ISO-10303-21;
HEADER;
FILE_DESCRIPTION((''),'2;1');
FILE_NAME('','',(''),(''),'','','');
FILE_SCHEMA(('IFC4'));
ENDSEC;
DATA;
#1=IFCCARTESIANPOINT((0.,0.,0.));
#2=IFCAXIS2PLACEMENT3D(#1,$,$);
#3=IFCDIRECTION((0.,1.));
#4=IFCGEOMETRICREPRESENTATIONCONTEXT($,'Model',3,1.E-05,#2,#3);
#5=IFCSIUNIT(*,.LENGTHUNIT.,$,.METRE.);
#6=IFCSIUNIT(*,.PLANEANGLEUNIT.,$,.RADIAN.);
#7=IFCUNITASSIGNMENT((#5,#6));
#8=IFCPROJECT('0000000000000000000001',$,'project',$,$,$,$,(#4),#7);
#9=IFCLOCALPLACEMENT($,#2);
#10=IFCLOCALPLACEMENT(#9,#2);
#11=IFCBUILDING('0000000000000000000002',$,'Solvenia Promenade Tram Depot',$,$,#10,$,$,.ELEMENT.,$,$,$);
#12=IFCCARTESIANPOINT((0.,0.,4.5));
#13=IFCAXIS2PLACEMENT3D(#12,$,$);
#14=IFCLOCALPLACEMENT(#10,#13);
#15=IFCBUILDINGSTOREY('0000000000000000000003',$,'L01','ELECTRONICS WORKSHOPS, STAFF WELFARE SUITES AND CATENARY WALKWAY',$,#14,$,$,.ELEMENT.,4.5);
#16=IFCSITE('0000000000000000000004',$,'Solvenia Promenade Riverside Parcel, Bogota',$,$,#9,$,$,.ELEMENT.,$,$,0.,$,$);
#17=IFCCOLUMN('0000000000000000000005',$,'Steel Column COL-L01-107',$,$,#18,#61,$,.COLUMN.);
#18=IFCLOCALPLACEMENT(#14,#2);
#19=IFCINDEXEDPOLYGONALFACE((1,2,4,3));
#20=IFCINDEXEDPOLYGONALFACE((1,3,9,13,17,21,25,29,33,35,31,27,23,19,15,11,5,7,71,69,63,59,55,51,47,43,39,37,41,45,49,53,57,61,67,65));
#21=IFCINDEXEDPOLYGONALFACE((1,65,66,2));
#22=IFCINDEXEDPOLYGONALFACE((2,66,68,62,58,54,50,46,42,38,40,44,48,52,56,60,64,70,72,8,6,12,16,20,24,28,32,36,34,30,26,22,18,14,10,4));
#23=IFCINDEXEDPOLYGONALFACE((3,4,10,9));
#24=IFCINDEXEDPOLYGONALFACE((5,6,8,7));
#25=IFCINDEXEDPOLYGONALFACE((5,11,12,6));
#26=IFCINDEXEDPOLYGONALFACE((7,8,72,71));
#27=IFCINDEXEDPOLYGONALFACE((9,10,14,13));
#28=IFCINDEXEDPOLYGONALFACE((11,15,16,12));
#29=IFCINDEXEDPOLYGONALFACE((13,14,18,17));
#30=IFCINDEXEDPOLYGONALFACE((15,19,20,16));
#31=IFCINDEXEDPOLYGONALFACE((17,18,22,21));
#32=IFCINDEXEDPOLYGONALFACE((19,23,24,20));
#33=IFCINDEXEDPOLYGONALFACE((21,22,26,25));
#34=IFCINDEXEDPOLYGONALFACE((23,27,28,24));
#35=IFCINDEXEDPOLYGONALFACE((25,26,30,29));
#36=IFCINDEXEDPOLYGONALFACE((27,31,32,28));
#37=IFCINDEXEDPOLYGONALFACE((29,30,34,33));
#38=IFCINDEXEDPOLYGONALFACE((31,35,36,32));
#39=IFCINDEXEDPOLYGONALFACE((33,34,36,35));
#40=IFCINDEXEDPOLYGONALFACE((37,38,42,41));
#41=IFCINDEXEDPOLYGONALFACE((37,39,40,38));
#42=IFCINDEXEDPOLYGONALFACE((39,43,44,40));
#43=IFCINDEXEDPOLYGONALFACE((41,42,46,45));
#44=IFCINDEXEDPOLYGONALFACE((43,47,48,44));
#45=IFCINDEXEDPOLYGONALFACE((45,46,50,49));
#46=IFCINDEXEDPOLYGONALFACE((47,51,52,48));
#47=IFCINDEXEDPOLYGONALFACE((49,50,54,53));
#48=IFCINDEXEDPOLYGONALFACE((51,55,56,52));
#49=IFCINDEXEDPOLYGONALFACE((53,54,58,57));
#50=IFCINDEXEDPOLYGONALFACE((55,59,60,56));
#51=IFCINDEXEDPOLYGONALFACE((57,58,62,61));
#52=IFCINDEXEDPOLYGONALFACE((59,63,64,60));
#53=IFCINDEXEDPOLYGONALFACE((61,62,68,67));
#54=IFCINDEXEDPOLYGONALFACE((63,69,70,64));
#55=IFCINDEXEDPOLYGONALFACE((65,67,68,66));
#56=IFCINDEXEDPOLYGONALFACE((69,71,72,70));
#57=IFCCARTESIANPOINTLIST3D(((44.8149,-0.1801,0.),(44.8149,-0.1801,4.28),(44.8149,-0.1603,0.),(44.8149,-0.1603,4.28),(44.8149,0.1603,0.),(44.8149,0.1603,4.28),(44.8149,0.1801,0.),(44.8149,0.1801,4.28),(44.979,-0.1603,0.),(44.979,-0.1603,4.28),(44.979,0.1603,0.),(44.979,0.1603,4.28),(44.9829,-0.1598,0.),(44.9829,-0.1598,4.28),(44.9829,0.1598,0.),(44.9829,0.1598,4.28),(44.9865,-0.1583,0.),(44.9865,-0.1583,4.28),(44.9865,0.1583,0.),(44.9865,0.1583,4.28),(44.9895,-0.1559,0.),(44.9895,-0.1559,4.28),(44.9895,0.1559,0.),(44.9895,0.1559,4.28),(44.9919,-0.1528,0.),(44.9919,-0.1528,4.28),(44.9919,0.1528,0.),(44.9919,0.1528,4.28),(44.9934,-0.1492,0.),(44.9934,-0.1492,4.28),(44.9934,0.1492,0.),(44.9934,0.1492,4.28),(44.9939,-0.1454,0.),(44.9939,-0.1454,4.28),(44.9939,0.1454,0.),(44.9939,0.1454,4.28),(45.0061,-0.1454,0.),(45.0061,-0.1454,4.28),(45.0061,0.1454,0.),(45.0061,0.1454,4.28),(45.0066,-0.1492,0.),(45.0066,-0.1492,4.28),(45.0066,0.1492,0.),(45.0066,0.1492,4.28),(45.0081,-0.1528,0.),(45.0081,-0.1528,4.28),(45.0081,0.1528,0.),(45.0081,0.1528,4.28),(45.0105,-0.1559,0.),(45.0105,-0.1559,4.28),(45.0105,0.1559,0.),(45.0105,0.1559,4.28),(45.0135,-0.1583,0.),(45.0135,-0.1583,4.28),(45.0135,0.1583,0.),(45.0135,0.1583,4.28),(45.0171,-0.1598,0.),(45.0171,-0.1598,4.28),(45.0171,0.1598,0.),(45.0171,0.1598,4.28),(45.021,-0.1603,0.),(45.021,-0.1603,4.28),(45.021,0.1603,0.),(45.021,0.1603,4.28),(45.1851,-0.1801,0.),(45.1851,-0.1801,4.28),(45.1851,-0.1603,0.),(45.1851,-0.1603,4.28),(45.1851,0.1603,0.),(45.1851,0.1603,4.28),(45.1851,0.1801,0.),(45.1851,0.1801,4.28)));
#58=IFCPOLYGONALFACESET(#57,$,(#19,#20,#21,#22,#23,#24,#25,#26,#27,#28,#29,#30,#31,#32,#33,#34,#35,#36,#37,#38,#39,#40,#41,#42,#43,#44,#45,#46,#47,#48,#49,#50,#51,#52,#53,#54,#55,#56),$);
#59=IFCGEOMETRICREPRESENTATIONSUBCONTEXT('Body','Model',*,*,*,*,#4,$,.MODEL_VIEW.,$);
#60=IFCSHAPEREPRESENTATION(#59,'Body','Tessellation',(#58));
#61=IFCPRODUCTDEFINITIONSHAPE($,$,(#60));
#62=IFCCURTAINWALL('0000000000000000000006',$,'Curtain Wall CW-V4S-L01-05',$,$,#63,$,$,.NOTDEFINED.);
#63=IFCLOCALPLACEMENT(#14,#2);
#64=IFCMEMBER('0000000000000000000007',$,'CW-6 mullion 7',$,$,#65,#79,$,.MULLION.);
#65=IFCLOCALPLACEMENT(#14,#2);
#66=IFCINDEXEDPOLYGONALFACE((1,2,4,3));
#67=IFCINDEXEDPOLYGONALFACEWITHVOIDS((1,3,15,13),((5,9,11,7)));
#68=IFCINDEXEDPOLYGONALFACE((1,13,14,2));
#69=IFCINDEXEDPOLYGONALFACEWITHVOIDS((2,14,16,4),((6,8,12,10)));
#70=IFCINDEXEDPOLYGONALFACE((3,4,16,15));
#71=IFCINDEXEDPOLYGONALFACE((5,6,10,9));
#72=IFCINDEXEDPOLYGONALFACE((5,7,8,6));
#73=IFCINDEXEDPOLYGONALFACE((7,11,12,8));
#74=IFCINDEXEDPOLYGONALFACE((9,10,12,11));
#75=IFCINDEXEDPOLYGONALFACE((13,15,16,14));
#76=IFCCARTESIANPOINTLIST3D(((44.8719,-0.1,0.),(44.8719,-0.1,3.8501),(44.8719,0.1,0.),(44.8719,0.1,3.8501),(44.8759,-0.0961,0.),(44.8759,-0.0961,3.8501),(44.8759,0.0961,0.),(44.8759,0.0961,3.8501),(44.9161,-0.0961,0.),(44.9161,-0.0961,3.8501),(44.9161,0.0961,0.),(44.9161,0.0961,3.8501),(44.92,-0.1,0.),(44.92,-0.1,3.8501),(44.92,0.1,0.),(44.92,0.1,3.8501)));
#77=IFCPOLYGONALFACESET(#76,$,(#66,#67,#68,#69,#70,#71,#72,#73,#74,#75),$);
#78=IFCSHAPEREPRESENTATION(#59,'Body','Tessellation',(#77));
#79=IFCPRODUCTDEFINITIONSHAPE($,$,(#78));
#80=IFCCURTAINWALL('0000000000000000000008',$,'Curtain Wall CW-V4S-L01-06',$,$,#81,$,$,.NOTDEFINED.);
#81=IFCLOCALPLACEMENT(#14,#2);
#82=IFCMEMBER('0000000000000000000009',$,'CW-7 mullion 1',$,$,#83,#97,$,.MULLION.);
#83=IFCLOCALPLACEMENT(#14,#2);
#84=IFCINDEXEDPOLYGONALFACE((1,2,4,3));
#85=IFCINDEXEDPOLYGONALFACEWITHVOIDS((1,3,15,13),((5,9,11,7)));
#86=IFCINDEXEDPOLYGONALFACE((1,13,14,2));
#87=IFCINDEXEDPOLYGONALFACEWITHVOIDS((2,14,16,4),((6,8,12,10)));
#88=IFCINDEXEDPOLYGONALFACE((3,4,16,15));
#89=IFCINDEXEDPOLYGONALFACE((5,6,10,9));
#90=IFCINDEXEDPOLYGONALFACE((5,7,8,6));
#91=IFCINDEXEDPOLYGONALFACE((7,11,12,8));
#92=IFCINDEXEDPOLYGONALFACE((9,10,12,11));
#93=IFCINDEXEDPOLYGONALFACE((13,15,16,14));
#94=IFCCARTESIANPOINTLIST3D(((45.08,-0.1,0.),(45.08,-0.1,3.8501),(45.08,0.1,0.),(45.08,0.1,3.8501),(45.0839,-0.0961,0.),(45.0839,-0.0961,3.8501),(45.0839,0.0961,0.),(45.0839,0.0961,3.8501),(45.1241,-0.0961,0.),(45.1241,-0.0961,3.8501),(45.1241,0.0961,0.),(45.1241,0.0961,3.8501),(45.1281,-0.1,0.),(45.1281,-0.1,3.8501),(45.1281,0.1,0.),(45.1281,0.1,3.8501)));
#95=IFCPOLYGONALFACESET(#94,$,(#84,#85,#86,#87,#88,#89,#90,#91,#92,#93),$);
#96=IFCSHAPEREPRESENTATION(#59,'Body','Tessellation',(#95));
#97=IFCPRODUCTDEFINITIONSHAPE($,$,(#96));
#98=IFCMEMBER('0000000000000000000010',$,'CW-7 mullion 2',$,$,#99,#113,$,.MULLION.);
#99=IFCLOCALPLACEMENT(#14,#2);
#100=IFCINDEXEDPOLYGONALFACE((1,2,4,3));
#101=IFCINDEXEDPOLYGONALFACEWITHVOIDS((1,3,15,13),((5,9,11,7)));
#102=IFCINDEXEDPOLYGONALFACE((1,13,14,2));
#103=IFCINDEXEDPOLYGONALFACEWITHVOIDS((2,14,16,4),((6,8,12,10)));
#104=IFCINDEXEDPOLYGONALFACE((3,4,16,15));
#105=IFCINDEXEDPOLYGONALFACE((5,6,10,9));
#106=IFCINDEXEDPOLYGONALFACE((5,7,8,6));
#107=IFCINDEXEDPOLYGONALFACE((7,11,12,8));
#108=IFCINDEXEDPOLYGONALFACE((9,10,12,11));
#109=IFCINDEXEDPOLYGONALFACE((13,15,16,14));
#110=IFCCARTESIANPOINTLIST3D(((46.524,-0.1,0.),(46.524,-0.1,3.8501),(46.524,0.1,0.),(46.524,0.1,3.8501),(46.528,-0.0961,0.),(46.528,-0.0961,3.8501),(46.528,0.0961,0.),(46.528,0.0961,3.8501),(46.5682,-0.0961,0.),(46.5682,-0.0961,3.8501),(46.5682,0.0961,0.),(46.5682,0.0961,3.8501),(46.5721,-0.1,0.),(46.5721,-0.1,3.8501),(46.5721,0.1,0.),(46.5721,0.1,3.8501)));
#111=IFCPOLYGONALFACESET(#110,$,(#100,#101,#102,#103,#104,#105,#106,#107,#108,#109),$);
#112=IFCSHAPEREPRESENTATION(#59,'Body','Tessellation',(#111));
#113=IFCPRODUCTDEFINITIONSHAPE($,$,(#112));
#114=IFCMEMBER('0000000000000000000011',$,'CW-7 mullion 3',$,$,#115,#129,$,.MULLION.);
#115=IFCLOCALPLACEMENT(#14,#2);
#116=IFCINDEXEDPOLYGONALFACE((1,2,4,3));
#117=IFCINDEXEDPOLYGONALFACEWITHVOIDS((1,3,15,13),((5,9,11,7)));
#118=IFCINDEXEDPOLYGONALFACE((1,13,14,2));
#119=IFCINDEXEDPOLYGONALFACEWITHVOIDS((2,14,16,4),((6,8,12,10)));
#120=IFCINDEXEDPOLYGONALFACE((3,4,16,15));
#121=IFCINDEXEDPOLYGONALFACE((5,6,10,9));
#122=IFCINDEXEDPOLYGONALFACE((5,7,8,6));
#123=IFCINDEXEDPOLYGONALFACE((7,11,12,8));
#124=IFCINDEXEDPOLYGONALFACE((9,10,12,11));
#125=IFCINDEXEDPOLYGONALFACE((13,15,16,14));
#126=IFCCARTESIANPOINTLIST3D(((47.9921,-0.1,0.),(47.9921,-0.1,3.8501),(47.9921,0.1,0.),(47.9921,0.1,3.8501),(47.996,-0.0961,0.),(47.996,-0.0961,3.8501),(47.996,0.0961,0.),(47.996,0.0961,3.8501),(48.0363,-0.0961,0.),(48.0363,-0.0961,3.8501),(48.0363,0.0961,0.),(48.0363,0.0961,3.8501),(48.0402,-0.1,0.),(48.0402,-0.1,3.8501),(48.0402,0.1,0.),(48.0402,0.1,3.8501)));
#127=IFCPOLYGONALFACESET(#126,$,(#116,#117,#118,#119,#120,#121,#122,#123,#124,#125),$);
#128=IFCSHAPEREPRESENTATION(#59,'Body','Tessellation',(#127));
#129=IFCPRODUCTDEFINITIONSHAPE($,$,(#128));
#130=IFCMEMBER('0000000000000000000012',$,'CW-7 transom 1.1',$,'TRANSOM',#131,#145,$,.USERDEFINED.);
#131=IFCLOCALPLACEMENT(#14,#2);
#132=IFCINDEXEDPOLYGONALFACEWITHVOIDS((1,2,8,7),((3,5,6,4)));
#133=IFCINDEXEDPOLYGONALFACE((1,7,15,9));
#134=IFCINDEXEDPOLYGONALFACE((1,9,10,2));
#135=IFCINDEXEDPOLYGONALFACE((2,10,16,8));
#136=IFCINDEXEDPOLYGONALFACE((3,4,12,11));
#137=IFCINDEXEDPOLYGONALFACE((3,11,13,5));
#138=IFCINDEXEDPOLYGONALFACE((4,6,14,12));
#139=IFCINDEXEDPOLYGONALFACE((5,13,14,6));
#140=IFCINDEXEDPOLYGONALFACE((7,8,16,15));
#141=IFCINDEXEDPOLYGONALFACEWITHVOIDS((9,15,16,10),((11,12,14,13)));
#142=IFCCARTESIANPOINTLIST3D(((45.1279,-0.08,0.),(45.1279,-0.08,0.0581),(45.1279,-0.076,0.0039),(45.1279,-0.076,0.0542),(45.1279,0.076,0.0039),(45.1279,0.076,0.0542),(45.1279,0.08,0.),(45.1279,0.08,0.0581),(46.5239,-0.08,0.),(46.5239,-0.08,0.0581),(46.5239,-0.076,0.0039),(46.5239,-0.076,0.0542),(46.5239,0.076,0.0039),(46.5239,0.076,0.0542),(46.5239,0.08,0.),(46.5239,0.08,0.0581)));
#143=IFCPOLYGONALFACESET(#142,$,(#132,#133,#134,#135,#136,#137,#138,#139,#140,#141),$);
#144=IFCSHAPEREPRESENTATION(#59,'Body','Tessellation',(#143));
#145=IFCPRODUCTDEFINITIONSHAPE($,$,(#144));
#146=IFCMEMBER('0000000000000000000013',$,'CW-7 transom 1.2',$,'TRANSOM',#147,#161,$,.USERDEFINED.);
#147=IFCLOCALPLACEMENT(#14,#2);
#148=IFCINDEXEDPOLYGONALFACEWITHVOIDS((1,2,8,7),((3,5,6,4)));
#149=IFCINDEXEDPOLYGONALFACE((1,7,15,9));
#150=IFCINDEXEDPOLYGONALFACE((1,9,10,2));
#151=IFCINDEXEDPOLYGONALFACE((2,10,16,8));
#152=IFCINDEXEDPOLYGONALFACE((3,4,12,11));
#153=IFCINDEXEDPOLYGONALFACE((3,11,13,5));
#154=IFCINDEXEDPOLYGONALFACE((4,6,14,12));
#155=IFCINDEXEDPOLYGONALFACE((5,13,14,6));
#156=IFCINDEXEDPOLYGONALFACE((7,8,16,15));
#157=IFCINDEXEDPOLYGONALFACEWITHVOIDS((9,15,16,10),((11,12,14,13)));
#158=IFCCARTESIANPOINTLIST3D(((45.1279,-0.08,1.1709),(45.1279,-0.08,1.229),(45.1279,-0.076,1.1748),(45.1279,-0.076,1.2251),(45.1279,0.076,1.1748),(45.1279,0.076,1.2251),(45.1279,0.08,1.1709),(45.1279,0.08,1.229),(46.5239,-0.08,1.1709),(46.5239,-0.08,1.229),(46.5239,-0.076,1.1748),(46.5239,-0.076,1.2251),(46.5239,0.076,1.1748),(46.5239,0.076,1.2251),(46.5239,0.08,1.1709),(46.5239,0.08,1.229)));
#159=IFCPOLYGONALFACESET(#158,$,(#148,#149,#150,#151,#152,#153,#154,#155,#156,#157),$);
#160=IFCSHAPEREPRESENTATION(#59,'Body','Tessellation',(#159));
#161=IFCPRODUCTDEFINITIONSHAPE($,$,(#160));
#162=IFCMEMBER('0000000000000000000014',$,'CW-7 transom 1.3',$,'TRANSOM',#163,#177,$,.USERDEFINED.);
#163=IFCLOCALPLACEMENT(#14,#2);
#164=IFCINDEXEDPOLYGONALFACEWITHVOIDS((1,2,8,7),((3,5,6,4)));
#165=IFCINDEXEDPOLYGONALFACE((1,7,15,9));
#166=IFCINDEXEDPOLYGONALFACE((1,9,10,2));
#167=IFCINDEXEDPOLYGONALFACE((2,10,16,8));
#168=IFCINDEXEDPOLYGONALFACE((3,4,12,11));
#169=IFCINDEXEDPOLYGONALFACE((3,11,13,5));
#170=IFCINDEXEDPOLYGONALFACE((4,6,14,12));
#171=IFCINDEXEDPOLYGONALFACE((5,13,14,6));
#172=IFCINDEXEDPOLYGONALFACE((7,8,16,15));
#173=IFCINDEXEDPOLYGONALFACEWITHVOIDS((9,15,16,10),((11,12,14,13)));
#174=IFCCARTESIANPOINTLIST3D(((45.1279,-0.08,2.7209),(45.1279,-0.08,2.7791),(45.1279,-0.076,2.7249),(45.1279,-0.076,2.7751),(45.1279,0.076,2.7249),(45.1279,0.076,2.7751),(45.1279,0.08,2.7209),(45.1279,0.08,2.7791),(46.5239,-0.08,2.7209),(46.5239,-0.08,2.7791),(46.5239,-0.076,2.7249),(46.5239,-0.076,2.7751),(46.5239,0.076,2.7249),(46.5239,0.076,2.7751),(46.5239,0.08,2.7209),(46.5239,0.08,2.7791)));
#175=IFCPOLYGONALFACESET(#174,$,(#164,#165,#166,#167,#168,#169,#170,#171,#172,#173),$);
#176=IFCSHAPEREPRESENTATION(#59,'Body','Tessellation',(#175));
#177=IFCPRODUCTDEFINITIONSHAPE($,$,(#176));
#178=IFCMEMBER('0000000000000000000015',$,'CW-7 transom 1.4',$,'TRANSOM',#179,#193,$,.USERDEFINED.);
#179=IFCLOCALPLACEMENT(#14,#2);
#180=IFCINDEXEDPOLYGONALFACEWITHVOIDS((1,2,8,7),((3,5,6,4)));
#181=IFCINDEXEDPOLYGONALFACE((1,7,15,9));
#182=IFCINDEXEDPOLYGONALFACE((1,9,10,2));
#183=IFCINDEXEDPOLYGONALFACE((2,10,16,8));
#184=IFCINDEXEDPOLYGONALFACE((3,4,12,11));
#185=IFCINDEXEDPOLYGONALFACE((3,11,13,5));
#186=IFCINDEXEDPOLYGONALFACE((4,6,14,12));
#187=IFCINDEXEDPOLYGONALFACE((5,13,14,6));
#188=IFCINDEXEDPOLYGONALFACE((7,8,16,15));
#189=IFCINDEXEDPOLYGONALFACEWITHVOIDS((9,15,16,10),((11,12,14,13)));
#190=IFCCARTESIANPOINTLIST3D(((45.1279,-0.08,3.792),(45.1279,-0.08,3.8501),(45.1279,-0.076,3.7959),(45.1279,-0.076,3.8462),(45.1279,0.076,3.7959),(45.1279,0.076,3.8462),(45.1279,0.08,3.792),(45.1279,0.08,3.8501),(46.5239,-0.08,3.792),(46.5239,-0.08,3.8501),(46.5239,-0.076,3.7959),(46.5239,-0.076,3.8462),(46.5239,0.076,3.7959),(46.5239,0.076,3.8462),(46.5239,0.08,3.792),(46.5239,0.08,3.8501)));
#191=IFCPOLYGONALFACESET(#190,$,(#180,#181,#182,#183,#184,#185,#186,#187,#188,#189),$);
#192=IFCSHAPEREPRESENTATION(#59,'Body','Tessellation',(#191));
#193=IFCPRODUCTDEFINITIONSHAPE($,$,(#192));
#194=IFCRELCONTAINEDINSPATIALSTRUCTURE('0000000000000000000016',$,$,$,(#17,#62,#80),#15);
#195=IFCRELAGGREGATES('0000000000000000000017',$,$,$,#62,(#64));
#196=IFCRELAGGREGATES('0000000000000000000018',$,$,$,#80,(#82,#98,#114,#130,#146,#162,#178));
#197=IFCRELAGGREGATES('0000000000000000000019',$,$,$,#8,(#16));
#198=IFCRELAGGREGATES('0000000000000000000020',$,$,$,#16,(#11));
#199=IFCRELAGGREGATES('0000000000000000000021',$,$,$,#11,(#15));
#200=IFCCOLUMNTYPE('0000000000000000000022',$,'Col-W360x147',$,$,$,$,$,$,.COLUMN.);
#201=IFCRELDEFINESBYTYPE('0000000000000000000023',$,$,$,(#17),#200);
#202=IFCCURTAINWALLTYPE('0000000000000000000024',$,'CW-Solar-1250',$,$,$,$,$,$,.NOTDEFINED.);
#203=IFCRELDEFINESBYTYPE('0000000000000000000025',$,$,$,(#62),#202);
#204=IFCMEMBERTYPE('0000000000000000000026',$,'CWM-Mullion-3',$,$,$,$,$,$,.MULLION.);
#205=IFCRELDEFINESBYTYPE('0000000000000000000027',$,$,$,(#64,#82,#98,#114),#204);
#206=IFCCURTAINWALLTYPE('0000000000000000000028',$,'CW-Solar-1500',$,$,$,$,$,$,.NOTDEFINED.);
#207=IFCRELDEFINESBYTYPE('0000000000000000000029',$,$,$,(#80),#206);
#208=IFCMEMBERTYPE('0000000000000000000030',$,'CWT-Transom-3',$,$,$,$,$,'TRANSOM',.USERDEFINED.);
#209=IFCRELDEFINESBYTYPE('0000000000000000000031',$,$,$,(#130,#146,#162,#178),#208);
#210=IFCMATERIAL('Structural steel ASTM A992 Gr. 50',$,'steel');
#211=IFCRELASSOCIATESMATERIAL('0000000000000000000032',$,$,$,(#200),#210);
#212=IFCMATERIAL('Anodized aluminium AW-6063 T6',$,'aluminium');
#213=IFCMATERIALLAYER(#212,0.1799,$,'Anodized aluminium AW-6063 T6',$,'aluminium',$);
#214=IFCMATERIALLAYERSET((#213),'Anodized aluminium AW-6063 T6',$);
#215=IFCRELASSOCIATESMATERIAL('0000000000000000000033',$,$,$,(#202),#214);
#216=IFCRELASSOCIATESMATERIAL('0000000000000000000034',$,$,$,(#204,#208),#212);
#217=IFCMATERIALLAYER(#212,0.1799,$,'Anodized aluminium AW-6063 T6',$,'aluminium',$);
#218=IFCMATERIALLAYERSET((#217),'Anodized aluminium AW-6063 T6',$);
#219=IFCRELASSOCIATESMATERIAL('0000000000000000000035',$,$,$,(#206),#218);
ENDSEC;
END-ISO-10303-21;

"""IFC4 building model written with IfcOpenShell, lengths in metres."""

from ifc_helpers import new_model, si_unit, direction, frame, origin, origin_2d, place, context, subcontext, project, spatial, hollow_rectangle, i_section, extrude, material, layer, layer_set, material_profile, profile_set, type_object, element, aggregate, save


model = new_model("IFC4")

# Units and contexts
model_context = context("Model", 3, precision=1e-05, world=origin(), true_north=direction((0.0, 1.0)))
body_context = subcontext(model_context, "Body", "Model", "MODEL_VIEW")
ifc_project = project(units=[si_unit("LENGTHUNIT", "METRE"), si_unit("PLANEANGLEUNIT", "RADIAN")], contexts=[model_context])

# Site, building, storey
site_placement = place(None, origin())
site = spatial("IfcSite", under=ifc_project, at=site_placement, Name="Solvenia Promenade Riverside Parcel, Bogota", CompositionType="ELEMENT", RefElevation=0.0)
building_placement = place(site_placement, origin())
building = spatial("IfcBuilding", under=site, at=building_placement, Name="Solvenia Promenade Tram Depot", CompositionType="ELEMENT")
storey_placement = place(building_placement, frame((0.0, 0.0, 4.5)))
storey = spatial("IfcBuildingStorey", under=building, at=storey_placement, Name="L01", Description="ELECTRONICS WORKSHOPS, STAFF WELFARE SUITES AND CATENARY WALKWAY", CompositionType="ELEMENT", Elevation=4.5)

# Column
ifc_material_1 = material(Name="Structural steel ASTM A992 Gr. 50", Category="steel")
ifc_material_profile_1 = material_profile(ifc_material_1, i_section(OverallWidth=0.3701, OverallDepth=0.3601, WebThickness=0.0122, FlangeThickness=0.0198, FilletRadius=0.0149, at=origin_2d()), Name="W360x147", Category="steel")
ifc_profile_set_1 = profile_set([ifc_material_profile_1], Name="Structural steel ASTM A992 Gr. 50")
column_type = type_object("IfcColumnType", Name="Col-W360x147", PredefinedType="COLUMN", material=ifc_profile_set_1)
column_placement = place(storey_placement, frame((45.0, 0.0, 0.0), z_axis=(0.0, 0.0, 1.0), x_axis=(1.0, 0.0, 0.0)))
element("IfcColumn", 1, at=column_placement, inside=storey, type_object=column_type, Name="Steel Column COL-L01-107", PredefinedType="COLUMN", context=body_context, shape_type="SweptSolid", body=[
    extrude(i_section(OverallWidth=0.3701, OverallDepth=0.3601, WebThickness=0.0122, FlangeThickness=0.0198, FilletRadius=0.0149, at=origin_2d()), origin(), (0.0, 0.0, 1.0), 4.28),
])

# Curtain wall, member
ifc_material_2 = material(Name="Anodized aluminium AW-6063 T6", Category="aluminium")
ifc_layer_1 = layer(ifc_material_2, 0.1799, Name="Anodized aluminium AW-6063 T6", Category="aluminium")
ifc_layer_set_1 = layer_set([ifc_layer_1], Name="Anodized aluminium AW-6063 T6")
curtain_wall_type_1 = type_object("IfcCurtainWallType", Name="CW-Solar-1250", PredefinedType="NOTDEFINED", material=ifc_layer_set_1)
curtain_wall_1_placement = place(storey_placement, origin())
curtain_wall_1 = element("IfcCurtainWall", 2, at=curtain_wall_1_placement, inside=storey, type_object=curtain_wall_type_1, Name="Curtain Wall CW-V4S-L01-05", PredefinedType="NOTDEFINED")
ifc_material_profile_2 = material_profile(ifc_material_2, hollow_rectangle(XDim=0.2, YDim=0.0481, WallThickness=0.0039, at=origin_2d()), Name="ALU-M3", Category="aluminium")
ifc_profile_set_2 = profile_set([ifc_material_profile_2], Name="Anodized aluminium AW-6063 T6")
member_type_1 = type_object("IfcMemberType", Name="CWM-Mullion-3", PredefinedType="MULLION", material=ifc_profile_set_2)
member_1_placement = place(storey_placement, frame((44.896, 0.0, 0.0), z_axis=(0.0, 0.0, 1.0), x_axis=(0.0, 1.0, 0.0)))
member_1 = element("IfcMember", 3, at=member_1_placement, type_object=member_type_1, Name="CW-6 mullion 7", PredefinedType="MULLION", context=body_context, shape_type="SweptSolid", body=[
    extrude(hollow_rectangle(XDim=0.2, YDim=0.0481, WallThickness=0.0039, at=origin_2d()), origin(), (0.0, 0.0, 1.0), 3.8501),
])

# Curtain wall, members
ifc_layer_2 = layer(ifc_material_2, 0.1799, Name="Anodized aluminium AW-6063 T6", Category="aluminium")
ifc_layer_set_2 = layer_set([ifc_layer_2], Name="Anodized aluminium AW-6063 T6")
curtain_wall_type_2 = type_object("IfcCurtainWallType", Name="CW-Solar-1500", PredefinedType="NOTDEFINED", material=ifc_layer_set_2)
curtain_wall_2_placement = place(storey_placement, origin())
curtain_wall_2 = element("IfcCurtainWall", 4, at=curtain_wall_2_placement, inside=storey, type_object=curtain_wall_type_2, Name="Curtain Wall CW-V4S-L01-06", PredefinedType="NOTDEFINED")
member_2_placement = place(storey_placement, frame((45.104, 0.0, 0.0), z_axis=(0.0, 0.0, 1.0), x_axis=(0.0, 1.0, 0.0)))
member_2 = element("IfcMember", 5, at=member_2_placement, type_object=member_type_1, Name="CW-7 mullion 1", PredefinedType="MULLION", context=body_context, shape_type="SweptSolid", body=[
    extrude(hollow_rectangle(XDim=0.2, YDim=0.0481, WallThickness=0.0039, at=origin_2d()), origin(), (0.0, 0.0, 1.0), 3.8501),
])
member_3_placement = place(storey_placement, frame((46.5481, 0.0, 0.0), z_axis=(0.0, 0.0, 1.0), x_axis=(0.0, 1.0, 0.0)))
member_3 = element("IfcMember", 6, at=member_3_placement, type_object=member_type_1, Name="CW-7 mullion 2", PredefinedType="MULLION", context=body_context, shape_type="SweptSolid", body=[
    extrude(hollow_rectangle(XDim=0.2, YDim=0.0481, WallThickness=0.0039, at=origin_2d()), origin(), (0.0, 0.0, 1.0), 3.8501),
])
member_4_placement = place(storey_placement, frame((48.0161, 0.0, 0.0), z_axis=(0.0, 0.0, 1.0), x_axis=(0.0, 1.0, 0.0)))
member_4 = element("IfcMember", 7, at=member_4_placement, type_object=member_type_1, Name="CW-7 mullion 3", PredefinedType="MULLION", context=body_context, shape_type="SweptSolid", body=[
    extrude(hollow_rectangle(XDim=0.2, YDim=0.0481, WallThickness=0.0039, at=origin_2d()), origin(), (0.0, 0.0, 1.0), 3.8501),
])
ifc_material_profile_3 = material_profile(ifc_material_2, hollow_rectangle(XDim=0.1599, YDim=0.0581, WallThickness=0.0039, at=origin_2d()), Name="ALU-T3", Category="aluminium")
ifc_profile_set_3 = profile_set([ifc_material_profile_3], Name="Anodized aluminium AW-6063 T6")
member_type_2 = type_object("IfcMemberType", Name="CWT-Transom-3", ElementType="TRANSOM", PredefinedType="USERDEFINED", material=ifc_profile_set_3)
member_5_placement = place(storey_placement, frame((45.1279, 0.0, 0.0291), z_axis=(1.0, 0.0, 0.0), x_axis=(0.0, 1.0, 0.0)))
member_5 = element("IfcMember", 8, at=member_5_placement, type_object=member_type_2, Name="CW-7 transom 1.1", ObjectType="TRANSOM", PredefinedType="USERDEFINED", context=body_context, shape_type="SweptSolid", body=[
    extrude(hollow_rectangle(XDim=0.1599, YDim=0.0581, WallThickness=0.0039, at=origin_2d()), origin(), (0.0, 0.0, 1.0), 1.396),
])
member_6_placement = place(storey_placement, frame((45.1279, 0.0, 1.2), z_axis=(1.0, 0.0, 0.0), x_axis=(0.0, 1.0, 0.0)))
member_6 = element("IfcMember", 9, at=member_6_placement, type_object=member_type_2, Name="CW-7 transom 1.2", ObjectType="TRANSOM", PredefinedType="USERDEFINED", context=body_context, shape_type="SweptSolid", body=[
    extrude(hollow_rectangle(XDim=0.1599, YDim=0.0581, WallThickness=0.0039, at=origin_2d()), origin(), (0.0, 0.0, 1.0), 1.396),
])
member_7_placement = place(storey_placement, frame((45.1279, 0.0, 2.75), z_axis=(1.0, 0.0, 0.0), x_axis=(0.0, 1.0, 0.0)))
member_7 = element("IfcMember", 10, at=member_7_placement, type_object=member_type_2, Name="CW-7 transom 1.3", ObjectType="TRANSOM", PredefinedType="USERDEFINED", context=body_context, shape_type="SweptSolid", body=[
    extrude(hollow_rectangle(XDim=0.1599, YDim=0.0581, WallThickness=0.0039, at=origin_2d()), origin(), (0.0, 0.0, 1.0), 1.396),
])
member_8_placement = place(storey_placement, frame((45.1279, 0.0, 3.821), z_axis=(1.0, 0.0, 0.0), x_axis=(0.0, 1.0, 0.0)))
member_8 = element("IfcMember", 11, at=member_8_placement, type_object=member_type_2, Name="CW-7 transom 1.4", ObjectType="TRANSOM", PredefinedType="USERDEFINED", context=body_context, shape_type="SweptSolid", body=[
    extrude(hollow_rectangle(XDim=0.1599, YDim=0.0581, WallThickness=0.0039, at=origin_2d()), origin(), (0.0, 0.0, 1.0), 1.396),
])

aggregate(curtain_wall_1, [member_1])
aggregate(curtain_wall_2, [member_2, member_3, member_4, member_5, member_6, member_7, member_8])

save(model, "model.ifc")
